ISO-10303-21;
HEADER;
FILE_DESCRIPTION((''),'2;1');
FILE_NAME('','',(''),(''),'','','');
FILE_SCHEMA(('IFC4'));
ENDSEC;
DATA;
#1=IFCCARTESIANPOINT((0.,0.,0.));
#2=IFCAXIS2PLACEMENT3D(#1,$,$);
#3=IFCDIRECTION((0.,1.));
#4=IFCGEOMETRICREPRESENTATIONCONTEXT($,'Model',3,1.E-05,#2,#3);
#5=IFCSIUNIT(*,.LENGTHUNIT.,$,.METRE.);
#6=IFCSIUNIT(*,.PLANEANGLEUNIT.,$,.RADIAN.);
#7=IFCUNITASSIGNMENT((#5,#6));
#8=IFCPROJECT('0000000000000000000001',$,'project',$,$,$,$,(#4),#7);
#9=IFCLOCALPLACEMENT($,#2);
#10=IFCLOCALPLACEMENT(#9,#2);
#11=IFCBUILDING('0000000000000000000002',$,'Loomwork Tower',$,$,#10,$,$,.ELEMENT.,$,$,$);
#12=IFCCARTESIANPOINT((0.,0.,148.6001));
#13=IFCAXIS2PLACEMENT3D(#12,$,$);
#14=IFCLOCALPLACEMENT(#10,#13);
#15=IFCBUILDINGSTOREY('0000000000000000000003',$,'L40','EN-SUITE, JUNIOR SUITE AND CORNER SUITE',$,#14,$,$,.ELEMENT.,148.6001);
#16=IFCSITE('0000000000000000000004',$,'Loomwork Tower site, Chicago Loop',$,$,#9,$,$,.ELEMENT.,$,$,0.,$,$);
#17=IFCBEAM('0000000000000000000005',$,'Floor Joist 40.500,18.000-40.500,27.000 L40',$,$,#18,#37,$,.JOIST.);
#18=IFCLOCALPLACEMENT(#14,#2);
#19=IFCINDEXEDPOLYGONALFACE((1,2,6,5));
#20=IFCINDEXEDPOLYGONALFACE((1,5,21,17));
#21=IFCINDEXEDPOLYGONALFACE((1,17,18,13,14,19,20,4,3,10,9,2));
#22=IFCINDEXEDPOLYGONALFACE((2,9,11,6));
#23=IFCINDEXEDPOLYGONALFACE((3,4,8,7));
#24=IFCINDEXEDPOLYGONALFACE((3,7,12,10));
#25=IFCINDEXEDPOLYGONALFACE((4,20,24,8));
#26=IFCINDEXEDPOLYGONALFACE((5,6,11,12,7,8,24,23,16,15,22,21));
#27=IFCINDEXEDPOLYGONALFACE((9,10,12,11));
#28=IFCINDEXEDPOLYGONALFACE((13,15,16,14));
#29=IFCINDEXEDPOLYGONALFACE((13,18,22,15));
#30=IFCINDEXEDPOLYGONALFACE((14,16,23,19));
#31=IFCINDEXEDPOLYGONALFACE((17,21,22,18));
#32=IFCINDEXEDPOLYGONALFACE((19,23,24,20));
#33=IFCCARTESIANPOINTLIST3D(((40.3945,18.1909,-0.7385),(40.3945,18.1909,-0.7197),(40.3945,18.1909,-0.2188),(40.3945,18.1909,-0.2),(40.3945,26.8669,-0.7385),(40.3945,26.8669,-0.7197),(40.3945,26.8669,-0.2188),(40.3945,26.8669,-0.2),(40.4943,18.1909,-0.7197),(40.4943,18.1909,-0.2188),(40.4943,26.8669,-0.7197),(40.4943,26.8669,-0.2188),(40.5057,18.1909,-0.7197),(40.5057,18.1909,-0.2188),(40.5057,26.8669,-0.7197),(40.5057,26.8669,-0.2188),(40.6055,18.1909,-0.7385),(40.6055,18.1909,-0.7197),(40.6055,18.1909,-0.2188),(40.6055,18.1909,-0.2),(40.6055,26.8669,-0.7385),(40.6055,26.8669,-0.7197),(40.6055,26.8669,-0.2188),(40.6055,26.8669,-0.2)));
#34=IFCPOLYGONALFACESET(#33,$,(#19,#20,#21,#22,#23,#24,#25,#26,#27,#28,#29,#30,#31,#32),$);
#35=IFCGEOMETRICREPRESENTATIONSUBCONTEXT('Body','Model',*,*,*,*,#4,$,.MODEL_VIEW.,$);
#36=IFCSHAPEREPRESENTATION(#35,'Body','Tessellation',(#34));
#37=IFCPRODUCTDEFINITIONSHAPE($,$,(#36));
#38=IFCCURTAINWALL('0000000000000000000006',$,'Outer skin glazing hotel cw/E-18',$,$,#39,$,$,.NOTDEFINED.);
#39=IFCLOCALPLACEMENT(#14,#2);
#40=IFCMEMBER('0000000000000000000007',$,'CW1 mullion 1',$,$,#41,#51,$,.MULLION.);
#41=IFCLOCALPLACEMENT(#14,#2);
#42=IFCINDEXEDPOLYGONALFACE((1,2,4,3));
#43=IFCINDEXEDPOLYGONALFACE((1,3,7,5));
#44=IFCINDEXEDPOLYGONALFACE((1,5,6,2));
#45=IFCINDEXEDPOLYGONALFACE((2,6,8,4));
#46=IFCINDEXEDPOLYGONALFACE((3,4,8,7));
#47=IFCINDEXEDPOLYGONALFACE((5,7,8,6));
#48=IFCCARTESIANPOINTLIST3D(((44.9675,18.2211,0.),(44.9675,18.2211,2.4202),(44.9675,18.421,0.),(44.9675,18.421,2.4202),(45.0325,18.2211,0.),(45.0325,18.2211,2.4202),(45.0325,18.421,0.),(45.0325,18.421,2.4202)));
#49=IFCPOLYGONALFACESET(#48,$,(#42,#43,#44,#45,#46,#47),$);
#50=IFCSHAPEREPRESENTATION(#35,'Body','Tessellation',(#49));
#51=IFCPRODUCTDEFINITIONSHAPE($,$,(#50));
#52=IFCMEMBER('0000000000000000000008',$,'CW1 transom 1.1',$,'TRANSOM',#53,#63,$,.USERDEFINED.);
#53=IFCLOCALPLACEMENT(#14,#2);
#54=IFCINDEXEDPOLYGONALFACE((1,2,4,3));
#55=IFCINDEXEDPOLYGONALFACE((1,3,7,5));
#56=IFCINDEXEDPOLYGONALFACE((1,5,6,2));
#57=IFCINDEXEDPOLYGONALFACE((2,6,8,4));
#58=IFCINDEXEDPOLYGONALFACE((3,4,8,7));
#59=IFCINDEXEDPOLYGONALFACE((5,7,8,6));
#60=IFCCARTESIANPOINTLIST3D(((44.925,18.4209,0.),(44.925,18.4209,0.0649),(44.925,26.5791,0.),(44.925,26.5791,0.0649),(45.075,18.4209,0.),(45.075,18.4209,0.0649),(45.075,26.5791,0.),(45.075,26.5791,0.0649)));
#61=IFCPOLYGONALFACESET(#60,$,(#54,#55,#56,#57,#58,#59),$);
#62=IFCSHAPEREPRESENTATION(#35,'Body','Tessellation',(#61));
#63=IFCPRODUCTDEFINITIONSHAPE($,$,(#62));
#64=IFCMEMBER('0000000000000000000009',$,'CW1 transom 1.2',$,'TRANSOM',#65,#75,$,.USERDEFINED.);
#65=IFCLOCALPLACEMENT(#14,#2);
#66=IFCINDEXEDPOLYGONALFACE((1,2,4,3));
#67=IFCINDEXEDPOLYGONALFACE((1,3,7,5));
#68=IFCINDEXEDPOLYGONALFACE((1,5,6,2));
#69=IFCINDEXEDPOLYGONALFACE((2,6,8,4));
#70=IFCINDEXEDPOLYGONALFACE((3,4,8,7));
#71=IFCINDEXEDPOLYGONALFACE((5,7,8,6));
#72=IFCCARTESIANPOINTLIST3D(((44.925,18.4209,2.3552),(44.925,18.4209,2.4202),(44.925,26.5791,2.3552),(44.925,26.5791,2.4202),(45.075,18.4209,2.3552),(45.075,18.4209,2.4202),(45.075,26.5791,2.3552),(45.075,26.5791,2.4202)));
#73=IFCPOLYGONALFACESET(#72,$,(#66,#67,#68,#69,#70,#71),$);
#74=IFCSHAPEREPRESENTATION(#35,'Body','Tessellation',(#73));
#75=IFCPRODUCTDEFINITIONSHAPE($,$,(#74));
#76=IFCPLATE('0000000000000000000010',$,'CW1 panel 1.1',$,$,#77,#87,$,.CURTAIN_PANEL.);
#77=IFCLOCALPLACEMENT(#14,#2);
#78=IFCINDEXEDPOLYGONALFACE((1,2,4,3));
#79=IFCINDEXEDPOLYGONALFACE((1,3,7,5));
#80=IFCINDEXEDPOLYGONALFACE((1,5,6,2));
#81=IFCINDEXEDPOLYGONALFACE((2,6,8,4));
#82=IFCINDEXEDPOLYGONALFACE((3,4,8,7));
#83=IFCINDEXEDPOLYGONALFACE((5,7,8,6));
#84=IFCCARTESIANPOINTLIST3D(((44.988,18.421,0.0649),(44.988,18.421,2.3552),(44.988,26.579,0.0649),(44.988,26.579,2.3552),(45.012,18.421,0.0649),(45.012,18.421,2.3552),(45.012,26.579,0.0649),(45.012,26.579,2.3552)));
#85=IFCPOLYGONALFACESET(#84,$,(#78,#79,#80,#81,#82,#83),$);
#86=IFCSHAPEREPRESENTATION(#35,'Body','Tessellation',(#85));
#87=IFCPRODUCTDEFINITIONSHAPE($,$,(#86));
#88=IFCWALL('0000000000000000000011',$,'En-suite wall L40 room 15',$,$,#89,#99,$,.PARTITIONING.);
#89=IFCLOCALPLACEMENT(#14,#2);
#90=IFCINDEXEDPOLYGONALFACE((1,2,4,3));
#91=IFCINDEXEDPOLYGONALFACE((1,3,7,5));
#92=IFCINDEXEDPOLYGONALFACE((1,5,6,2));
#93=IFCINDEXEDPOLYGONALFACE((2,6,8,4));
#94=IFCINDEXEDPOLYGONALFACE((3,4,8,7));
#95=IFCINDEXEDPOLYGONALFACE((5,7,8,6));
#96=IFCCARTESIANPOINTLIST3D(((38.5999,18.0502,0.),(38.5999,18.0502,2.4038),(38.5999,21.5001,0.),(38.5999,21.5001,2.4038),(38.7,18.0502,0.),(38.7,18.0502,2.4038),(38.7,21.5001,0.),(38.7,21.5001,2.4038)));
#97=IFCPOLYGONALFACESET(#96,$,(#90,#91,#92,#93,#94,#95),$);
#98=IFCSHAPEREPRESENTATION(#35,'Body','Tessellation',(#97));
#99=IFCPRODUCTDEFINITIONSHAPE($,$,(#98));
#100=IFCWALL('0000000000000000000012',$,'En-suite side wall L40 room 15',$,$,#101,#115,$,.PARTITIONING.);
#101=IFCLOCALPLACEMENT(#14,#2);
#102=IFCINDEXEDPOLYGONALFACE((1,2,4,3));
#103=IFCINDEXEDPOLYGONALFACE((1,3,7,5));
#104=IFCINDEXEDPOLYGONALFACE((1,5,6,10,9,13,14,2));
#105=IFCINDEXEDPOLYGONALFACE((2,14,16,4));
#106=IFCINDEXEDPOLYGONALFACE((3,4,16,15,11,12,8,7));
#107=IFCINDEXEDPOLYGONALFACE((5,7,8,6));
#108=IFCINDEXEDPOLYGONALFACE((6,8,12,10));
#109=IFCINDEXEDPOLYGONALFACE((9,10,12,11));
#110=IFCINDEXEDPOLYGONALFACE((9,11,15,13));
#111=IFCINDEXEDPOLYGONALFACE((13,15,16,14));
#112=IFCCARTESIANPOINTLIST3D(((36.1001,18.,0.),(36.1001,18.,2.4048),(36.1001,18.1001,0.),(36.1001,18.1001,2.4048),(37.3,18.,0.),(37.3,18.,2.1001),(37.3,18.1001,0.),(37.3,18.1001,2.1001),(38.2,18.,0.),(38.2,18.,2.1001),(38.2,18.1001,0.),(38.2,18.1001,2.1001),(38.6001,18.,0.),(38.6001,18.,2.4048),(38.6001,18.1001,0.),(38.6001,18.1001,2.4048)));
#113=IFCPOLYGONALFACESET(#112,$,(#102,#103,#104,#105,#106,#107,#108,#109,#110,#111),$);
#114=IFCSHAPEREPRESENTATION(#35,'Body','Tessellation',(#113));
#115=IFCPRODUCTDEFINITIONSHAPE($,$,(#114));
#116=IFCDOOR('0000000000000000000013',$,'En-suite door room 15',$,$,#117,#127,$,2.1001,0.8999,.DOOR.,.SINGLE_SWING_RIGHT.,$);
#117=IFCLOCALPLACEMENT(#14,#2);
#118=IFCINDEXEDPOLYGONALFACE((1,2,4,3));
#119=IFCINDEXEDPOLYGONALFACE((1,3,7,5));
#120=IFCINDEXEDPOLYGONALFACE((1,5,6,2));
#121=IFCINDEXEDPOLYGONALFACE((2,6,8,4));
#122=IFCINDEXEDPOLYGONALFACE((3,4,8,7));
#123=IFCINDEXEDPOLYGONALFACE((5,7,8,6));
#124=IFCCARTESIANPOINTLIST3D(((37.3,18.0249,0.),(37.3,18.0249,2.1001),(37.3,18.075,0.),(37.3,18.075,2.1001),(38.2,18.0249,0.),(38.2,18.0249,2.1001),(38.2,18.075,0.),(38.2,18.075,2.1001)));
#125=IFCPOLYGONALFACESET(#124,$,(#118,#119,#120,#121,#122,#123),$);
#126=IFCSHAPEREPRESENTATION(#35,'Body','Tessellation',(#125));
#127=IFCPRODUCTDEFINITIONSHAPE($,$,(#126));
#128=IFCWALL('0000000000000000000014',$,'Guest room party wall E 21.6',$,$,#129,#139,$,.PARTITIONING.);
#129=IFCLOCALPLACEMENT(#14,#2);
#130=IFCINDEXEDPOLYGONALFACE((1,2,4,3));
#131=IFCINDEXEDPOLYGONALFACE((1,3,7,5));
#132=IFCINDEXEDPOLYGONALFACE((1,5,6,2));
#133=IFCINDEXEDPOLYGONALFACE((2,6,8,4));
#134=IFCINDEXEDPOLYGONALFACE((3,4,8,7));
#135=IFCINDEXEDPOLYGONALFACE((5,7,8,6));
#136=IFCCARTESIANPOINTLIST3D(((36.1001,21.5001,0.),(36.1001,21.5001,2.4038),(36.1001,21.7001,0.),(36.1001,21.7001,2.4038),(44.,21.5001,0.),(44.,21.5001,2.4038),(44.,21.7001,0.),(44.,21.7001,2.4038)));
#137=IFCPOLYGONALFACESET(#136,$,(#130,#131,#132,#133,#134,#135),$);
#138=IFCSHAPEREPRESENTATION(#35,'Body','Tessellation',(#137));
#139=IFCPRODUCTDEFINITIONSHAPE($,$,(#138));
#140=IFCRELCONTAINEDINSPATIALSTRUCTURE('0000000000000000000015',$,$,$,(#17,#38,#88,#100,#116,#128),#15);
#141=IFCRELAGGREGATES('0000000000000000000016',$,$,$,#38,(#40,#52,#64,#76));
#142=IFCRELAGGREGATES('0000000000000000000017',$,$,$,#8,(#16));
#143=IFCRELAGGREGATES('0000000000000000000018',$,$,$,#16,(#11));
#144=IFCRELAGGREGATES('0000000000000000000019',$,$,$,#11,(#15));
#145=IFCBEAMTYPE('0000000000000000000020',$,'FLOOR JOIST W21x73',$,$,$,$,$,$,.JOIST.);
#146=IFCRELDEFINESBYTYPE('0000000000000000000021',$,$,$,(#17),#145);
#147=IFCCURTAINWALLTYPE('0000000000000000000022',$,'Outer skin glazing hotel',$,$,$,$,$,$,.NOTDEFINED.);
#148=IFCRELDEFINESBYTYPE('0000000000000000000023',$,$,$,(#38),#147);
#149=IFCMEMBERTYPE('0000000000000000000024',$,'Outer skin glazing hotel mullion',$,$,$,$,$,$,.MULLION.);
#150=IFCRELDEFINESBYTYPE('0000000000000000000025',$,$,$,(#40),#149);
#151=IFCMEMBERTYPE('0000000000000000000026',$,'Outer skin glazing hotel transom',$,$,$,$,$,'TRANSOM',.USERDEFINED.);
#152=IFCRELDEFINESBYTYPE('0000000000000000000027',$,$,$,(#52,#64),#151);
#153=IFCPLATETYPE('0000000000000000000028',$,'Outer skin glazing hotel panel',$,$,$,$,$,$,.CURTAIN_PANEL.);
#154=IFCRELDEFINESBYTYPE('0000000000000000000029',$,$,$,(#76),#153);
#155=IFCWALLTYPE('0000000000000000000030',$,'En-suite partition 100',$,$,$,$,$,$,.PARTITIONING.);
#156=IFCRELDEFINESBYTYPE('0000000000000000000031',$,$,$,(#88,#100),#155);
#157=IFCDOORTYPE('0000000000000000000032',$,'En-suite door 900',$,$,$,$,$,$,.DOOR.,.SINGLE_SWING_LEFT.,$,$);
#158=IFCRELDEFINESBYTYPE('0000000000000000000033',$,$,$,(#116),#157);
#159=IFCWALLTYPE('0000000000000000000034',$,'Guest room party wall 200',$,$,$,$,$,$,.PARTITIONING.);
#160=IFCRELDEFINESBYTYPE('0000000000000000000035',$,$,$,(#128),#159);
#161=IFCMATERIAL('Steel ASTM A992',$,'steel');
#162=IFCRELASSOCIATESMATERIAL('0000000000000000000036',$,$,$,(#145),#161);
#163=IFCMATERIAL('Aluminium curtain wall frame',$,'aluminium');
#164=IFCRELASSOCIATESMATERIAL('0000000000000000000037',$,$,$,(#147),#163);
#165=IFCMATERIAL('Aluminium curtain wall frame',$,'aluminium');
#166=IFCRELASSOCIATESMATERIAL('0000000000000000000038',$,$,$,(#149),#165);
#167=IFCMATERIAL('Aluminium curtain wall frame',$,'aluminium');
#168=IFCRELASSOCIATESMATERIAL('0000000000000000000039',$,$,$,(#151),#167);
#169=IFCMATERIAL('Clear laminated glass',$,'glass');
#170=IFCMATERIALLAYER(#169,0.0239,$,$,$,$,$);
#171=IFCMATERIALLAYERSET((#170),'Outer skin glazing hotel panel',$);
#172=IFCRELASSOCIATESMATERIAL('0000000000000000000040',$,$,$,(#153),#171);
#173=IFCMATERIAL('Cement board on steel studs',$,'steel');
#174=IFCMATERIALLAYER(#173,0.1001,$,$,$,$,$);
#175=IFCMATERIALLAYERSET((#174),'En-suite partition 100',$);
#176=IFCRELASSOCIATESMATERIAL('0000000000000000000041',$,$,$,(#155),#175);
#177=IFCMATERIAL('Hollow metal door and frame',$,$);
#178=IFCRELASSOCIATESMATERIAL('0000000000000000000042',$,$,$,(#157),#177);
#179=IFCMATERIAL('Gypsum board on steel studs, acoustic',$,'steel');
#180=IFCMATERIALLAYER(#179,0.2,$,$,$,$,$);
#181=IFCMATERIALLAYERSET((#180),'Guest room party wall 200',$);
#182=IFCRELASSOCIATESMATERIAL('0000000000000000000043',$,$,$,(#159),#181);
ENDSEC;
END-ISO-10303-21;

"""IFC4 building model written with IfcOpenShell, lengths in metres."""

from ifc_helpers import new_model, si_unit, direction, frame, frame_2d, origin, origin_2d, place, context, subcontext, project, spatial, rectangle, i_section, extrude, material, layer, layer_set, material_profile, profile_set, type_object, element, fill, aggregate, save


model = new_model("IFC4")

# Units and contexts
model_context = context("Model", 3, precision=1e-05, world=origin(), true_north=direction((0.0, 1.0)))
body_context = subcontext(model_context, "Body", "Model", "MODEL_VIEW")
ifc_project = project(units=[si_unit("LENGTHUNIT", "METRE"), si_unit("PLANEANGLEUNIT", "RADIAN")], contexts=[model_context])

# Site, building, storey
site_placement = place(None, origin())
site = spatial("IfcSite", under=ifc_project, at=site_placement, Name="Loomwork Tower site, Chicago Loop", CompositionType="ELEMENT", RefElevation=0.0)
building_placement = place(site_placement, origin())
building = spatial("IfcBuilding", under=site, at=building_placement, Name="Loomwork Tower", CompositionType="ELEMENT")
storey_placement = place(building_placement, frame((0.0, 0.0, 148.6001)))
storey = spatial("IfcBuildingStorey", under=building, at=storey_placement, Name="L40", Description="EN-SUITE, JUNIOR SUITE AND CORNER SUITE", CompositionType="ELEMENT", Elevation=148.6001)

# Beam
ifc_material_1 = material(Name="Steel ASTM A992", Category="steel")
ifc_material_profile_1 = material_profile(ifc_material_1, i_section(OverallWidth=0.2109, OverallDepth=0.5386, WebThickness=0.0115, FlangeThickness=0.0188, at=origin_2d()), Name="W21x73")
ifc_profile_set_1 = profile_set([ifc_material_profile_1], Name="Steel ASTM A992")
beam_type = type_object("IfcBeamType", Name="FLOOR JOIST W21x73", PredefinedType="JOIST", material=ifc_profile_set_1)
beam_placement = place(storey_placement, frame((40.5, 18.1909, -0.4692), z_axis=(0.0, 1.0, 0.0), x_axis=(-1.0, 0.0, 0.0)))
element("IfcBeam", 1, at=beam_placement, inside=storey, type_object=beam_type, Name="Floor Joist 40.500,18.000-40.500,27.000 L40", PredefinedType="JOIST", context=body_context, shape_type="SweptSolid", body=[
    extrude(i_section(OverallWidth=0.2109, OverallDepth=0.5386, WebThickness=0.0115, FlangeThickness=0.0188, at=origin_2d()), origin(), (0.0, 0.0, 1.0), 8.676),
])

# Curtain wall, members, plate
ifc_material_2 = material(Name="Aluminium curtain wall frame", Category="aluminium")
curtain_wall_type = type_object("IfcCurtainWallType", Name="Outer skin glazing hotel", PredefinedType="NOTDEFINED", material=ifc_material_2)
curtain_wall_placement = place(storey_placement, origin())
curtain_wall = element("IfcCurtainWall", 2, at=curtain_wall_placement, inside=storey, type_object=curtain_wall_type, Name="Outer skin glazing hotel cw/E-18", PredefinedType="NOTDEFINED")
ifc_material_3 = material(Name="Aluminium curtain wall frame", Category="aluminium")
ifc_material_profile_2 = material_profile(ifc_material_3, rectangle(XDim=0.0649, YDim=0.2, at=origin_2d()), Name="AL 65x200")
ifc_profile_set_2 = profile_set([ifc_material_profile_2], Name="Aluminium curtain wall frame")
member_type_1 = type_object("IfcMemberType", Name="Outer skin glazing hotel mullion", PredefinedType="MULLION", material=ifc_profile_set_2)
member_1_placement = place(storey_placement, frame((45.0, 18.321, 0.0), z_axis=(0.0, 0.0, 1.0), x_axis=(-1.0, 0.0, 0.0)))
member_1 = element("IfcMember", 3, at=member_1_placement, type_object=member_type_1, Name="CW1 mullion 1", PredefinedType="MULLION", context=body_context, shape_type="SweptSolid", body=[
    extrude(rectangle(XDim=0.0649, YDim=0.2, at=origin_2d()), origin(), (0.0, 0.0, 1.0), 2.4202),
])
ifc_material_4 = material(Name="Aluminium curtain wall frame", Category="aluminium")
ifc_material_profile_3 = material_profile(ifc_material_4, rectangle(XDim=0.1499, YDim=0.0649, at=origin_2d()), Name="AL 65x150")
ifc_profile_set_3 = profile_set([ifc_material_profile_3], Name="Aluminium curtain wall frame")
member_type_2 = type_object("IfcMemberType", Name="Outer skin glazing hotel transom", ElementType="TRANSOM", PredefinedType="USERDEFINED", material=ifc_profile_set_3)
member_2_placement = place(storey_placement, frame((45.0, 18.4209, 0.0325), z_axis=(0.0, 1.0, 0.0), x_axis=(-1.0, 0.0, 0.0)))
member_2 = element("IfcMember", 4, at=member_2_placement, type_object=member_type_2, Name="CW1 transom 1.1", ObjectType="TRANSOM", PredefinedType="USERDEFINED", context=body_context, shape_type="SweptSolid", body=[
    extrude(rectangle(XDim=0.1499, YDim=0.0649, at=origin_2d()), origin(), (0.0, 0.0, 1.0), 8.1582),
])
member_3_placement = place(storey_placement, frame((45.0, 18.4209, 2.3877), z_axis=(0.0, 1.0, 0.0), x_axis=(-1.0, 0.0, 0.0)))
member_3 = element("IfcMember", 5, at=member_3_placement, type_object=member_type_2, Name="CW1 transom 1.2", ObjectType="TRANSOM", PredefinedType="USERDEFINED", context=body_context, shape_type="SweptSolid", body=[
    extrude(rectangle(XDim=0.1499, YDim=0.0649, at=origin_2d()), origin(), (0.0, 0.0, 1.0), 8.1582),
])
ifc_material_5 = material(Name="Clear laminated glass", Category="glass")
ifc_layer_1 = layer(ifc_material_5, 0.0239)
ifc_layer_set_1 = layer_set([ifc_layer_1], Name="Outer skin glazing hotel panel")
plate_type = type_object("IfcPlateType", Name="Outer skin glazing hotel panel", PredefinedType="CURTAIN_PANEL", material=ifc_layer_set_1)
plate_placement = place(storey_placement, frame((45.0, 22.5, 0.0649), z_axis=(0.0, 0.0, 1.0), x_axis=(0.0, 1.0, 0.0)))
plate = element("IfcPlate", 6, at=plate_placement, type_object=plate_type, Name="CW1 panel 1.1", PredefinedType="CURTAIN_PANEL", context=body_context, shape_type="SweptSolid", body=[
    extrude(rectangle(XDim=8.158, YDim=0.0239, at=origin_2d()), origin(), (0.0, 0.0, 1.0), 2.2903),
])
aggregate(curtain_wall, [member_1, member_2, member_3, plate])

# Wall
ifc_material_6 = material(Name="Cement board on steel studs", Category="steel")
ifc_layer_2 = layer(ifc_material_6, 0.1001)
ifc_layer_set_2 = layer_set([ifc_layer_2], Name="En-suite partition 100")
wall_type_1 = type_object("IfcWallType", Name="En-suite partition 100", PredefinedType="PARTITIONING", material=ifc_layer_set_2)
wall_1_placement = place(storey_placement, frame((38.6499, 18.05, 0.0), z_axis=(0.0, 0.0, 1.0), x_axis=(0.0, 1.0, 0.0)))
element("IfcWall", 7, at=wall_1_placement, inside=storey, type_object=wall_type_1, Name="En-suite wall L40 room 15", PredefinedType="PARTITIONING", context=body_context, shape_type="SweptSolid", body=[
    extrude(rectangle(XDim=3.45, YDim=0.1001, at=frame_2d((1.7251, 0.0))), origin(), (0.0, 0.0, 1.0), 2.4038),
])

# Wall, opening, door
wall_2_placement = place(storey_placement, frame((36.1001, 18.05, 0.0), z_axis=(0.0, 0.0, 1.0), x_axis=(1.0, 0.0, 0.0)))
wall_2 = element("IfcWall", 8, at=wall_2_placement, inside=storey, type_object=wall_type_1, Name="En-suite side wall L40 room 15", PredefinedType="PARTITIONING", context=body_context, shape_type="SweptSolid", body=[
    extrude(rectangle(XDim=2.5, YDim=0.1001, at=frame_2d((1.25, 0.0))), origin(), (0.0, 0.0, 1.0), 2.4048),
])
opening_1_placement = place(wall_2_placement, frame((1.2, 0.0, 0.0)))
opening_1 = element("IfcOpeningElement", 9, at=opening_1_placement, cuts=wall_2, PredefinedType="OPENING", context=body_context, shape_type="SweptSolid", body=[
    extrude(rectangle(XDim=0.8999, YDim=2.1001, at=frame_2d((0.45, 1.05))), frame((0.0, 0.0601, 0.0), z_axis=(0.0, -1.0, 0.0), x_axis=(1.0, 0.0, 0.0)), (0.0, 0.0, 1.0), 0.1201),
])
ifc_material_7 = material(Name="Hollow metal door and frame")
door_type = type_object("IfcDoorType", Name="En-suite door 900", OperationType="SINGLE_SWING_LEFT", PredefinedType="DOOR", material=ifc_material_7)
door_placement = place(opening_1_placement, origin())
door = element("IfcDoor", 10, at=door_placement, inside=storey, type_object=door_type, Name="En-suite door room 15", OperationType="SINGLE_SWING_RIGHT", OverallHeight=2.1001, OverallWidth=0.8999, PredefinedType="DOOR", context=body_context, shape_type="SweptSolid", body=[
    extrude(rectangle(XDim=0.8999, YDim=2.1001, at=frame_2d((0.45, 1.05))), frame((0.0, 0.0249, 0.0), z_axis=(0.0, -1.0, 0.0), x_axis=(1.0, 0.0, 0.0)), (0.0, 0.0, 1.0), 0.05),
])
fill(opening_1, door)

# Wall
ifc_material_8 = material(Name="Gypsum board on steel studs, acoustic", Category="steel")
ifc_layer_3 = layer(ifc_material_8, 0.2)
ifc_layer_set_3 = layer_set([ifc_layer_3], Name="Guest room party wall 200")
wall_type_2 = type_object("IfcWallType", Name="Guest room party wall 200", PredefinedType="PARTITIONING", material=ifc_layer_set_3)
wall_3_placement = place(storey_placement, frame((36.1001, 21.6001, 0.0), z_axis=(0.0, 0.0, 1.0), x_axis=(1.0, 0.0, 0.0)))
element("IfcWall", 11, at=wall_3_placement, inside=storey, type_object=wall_type_2, Name="Guest room party wall E 21.6", PredefinedType="PARTITIONING", context=body_context, shape_type="SweptSolid", body=[
    extrude(rectangle(XDim=7.8999, YDim=0.2, at=frame_2d((3.95, 0.0))), origin(), (0.0, 0.0, 1.0), 2.4038),
])

save(model, "model.ifc")
